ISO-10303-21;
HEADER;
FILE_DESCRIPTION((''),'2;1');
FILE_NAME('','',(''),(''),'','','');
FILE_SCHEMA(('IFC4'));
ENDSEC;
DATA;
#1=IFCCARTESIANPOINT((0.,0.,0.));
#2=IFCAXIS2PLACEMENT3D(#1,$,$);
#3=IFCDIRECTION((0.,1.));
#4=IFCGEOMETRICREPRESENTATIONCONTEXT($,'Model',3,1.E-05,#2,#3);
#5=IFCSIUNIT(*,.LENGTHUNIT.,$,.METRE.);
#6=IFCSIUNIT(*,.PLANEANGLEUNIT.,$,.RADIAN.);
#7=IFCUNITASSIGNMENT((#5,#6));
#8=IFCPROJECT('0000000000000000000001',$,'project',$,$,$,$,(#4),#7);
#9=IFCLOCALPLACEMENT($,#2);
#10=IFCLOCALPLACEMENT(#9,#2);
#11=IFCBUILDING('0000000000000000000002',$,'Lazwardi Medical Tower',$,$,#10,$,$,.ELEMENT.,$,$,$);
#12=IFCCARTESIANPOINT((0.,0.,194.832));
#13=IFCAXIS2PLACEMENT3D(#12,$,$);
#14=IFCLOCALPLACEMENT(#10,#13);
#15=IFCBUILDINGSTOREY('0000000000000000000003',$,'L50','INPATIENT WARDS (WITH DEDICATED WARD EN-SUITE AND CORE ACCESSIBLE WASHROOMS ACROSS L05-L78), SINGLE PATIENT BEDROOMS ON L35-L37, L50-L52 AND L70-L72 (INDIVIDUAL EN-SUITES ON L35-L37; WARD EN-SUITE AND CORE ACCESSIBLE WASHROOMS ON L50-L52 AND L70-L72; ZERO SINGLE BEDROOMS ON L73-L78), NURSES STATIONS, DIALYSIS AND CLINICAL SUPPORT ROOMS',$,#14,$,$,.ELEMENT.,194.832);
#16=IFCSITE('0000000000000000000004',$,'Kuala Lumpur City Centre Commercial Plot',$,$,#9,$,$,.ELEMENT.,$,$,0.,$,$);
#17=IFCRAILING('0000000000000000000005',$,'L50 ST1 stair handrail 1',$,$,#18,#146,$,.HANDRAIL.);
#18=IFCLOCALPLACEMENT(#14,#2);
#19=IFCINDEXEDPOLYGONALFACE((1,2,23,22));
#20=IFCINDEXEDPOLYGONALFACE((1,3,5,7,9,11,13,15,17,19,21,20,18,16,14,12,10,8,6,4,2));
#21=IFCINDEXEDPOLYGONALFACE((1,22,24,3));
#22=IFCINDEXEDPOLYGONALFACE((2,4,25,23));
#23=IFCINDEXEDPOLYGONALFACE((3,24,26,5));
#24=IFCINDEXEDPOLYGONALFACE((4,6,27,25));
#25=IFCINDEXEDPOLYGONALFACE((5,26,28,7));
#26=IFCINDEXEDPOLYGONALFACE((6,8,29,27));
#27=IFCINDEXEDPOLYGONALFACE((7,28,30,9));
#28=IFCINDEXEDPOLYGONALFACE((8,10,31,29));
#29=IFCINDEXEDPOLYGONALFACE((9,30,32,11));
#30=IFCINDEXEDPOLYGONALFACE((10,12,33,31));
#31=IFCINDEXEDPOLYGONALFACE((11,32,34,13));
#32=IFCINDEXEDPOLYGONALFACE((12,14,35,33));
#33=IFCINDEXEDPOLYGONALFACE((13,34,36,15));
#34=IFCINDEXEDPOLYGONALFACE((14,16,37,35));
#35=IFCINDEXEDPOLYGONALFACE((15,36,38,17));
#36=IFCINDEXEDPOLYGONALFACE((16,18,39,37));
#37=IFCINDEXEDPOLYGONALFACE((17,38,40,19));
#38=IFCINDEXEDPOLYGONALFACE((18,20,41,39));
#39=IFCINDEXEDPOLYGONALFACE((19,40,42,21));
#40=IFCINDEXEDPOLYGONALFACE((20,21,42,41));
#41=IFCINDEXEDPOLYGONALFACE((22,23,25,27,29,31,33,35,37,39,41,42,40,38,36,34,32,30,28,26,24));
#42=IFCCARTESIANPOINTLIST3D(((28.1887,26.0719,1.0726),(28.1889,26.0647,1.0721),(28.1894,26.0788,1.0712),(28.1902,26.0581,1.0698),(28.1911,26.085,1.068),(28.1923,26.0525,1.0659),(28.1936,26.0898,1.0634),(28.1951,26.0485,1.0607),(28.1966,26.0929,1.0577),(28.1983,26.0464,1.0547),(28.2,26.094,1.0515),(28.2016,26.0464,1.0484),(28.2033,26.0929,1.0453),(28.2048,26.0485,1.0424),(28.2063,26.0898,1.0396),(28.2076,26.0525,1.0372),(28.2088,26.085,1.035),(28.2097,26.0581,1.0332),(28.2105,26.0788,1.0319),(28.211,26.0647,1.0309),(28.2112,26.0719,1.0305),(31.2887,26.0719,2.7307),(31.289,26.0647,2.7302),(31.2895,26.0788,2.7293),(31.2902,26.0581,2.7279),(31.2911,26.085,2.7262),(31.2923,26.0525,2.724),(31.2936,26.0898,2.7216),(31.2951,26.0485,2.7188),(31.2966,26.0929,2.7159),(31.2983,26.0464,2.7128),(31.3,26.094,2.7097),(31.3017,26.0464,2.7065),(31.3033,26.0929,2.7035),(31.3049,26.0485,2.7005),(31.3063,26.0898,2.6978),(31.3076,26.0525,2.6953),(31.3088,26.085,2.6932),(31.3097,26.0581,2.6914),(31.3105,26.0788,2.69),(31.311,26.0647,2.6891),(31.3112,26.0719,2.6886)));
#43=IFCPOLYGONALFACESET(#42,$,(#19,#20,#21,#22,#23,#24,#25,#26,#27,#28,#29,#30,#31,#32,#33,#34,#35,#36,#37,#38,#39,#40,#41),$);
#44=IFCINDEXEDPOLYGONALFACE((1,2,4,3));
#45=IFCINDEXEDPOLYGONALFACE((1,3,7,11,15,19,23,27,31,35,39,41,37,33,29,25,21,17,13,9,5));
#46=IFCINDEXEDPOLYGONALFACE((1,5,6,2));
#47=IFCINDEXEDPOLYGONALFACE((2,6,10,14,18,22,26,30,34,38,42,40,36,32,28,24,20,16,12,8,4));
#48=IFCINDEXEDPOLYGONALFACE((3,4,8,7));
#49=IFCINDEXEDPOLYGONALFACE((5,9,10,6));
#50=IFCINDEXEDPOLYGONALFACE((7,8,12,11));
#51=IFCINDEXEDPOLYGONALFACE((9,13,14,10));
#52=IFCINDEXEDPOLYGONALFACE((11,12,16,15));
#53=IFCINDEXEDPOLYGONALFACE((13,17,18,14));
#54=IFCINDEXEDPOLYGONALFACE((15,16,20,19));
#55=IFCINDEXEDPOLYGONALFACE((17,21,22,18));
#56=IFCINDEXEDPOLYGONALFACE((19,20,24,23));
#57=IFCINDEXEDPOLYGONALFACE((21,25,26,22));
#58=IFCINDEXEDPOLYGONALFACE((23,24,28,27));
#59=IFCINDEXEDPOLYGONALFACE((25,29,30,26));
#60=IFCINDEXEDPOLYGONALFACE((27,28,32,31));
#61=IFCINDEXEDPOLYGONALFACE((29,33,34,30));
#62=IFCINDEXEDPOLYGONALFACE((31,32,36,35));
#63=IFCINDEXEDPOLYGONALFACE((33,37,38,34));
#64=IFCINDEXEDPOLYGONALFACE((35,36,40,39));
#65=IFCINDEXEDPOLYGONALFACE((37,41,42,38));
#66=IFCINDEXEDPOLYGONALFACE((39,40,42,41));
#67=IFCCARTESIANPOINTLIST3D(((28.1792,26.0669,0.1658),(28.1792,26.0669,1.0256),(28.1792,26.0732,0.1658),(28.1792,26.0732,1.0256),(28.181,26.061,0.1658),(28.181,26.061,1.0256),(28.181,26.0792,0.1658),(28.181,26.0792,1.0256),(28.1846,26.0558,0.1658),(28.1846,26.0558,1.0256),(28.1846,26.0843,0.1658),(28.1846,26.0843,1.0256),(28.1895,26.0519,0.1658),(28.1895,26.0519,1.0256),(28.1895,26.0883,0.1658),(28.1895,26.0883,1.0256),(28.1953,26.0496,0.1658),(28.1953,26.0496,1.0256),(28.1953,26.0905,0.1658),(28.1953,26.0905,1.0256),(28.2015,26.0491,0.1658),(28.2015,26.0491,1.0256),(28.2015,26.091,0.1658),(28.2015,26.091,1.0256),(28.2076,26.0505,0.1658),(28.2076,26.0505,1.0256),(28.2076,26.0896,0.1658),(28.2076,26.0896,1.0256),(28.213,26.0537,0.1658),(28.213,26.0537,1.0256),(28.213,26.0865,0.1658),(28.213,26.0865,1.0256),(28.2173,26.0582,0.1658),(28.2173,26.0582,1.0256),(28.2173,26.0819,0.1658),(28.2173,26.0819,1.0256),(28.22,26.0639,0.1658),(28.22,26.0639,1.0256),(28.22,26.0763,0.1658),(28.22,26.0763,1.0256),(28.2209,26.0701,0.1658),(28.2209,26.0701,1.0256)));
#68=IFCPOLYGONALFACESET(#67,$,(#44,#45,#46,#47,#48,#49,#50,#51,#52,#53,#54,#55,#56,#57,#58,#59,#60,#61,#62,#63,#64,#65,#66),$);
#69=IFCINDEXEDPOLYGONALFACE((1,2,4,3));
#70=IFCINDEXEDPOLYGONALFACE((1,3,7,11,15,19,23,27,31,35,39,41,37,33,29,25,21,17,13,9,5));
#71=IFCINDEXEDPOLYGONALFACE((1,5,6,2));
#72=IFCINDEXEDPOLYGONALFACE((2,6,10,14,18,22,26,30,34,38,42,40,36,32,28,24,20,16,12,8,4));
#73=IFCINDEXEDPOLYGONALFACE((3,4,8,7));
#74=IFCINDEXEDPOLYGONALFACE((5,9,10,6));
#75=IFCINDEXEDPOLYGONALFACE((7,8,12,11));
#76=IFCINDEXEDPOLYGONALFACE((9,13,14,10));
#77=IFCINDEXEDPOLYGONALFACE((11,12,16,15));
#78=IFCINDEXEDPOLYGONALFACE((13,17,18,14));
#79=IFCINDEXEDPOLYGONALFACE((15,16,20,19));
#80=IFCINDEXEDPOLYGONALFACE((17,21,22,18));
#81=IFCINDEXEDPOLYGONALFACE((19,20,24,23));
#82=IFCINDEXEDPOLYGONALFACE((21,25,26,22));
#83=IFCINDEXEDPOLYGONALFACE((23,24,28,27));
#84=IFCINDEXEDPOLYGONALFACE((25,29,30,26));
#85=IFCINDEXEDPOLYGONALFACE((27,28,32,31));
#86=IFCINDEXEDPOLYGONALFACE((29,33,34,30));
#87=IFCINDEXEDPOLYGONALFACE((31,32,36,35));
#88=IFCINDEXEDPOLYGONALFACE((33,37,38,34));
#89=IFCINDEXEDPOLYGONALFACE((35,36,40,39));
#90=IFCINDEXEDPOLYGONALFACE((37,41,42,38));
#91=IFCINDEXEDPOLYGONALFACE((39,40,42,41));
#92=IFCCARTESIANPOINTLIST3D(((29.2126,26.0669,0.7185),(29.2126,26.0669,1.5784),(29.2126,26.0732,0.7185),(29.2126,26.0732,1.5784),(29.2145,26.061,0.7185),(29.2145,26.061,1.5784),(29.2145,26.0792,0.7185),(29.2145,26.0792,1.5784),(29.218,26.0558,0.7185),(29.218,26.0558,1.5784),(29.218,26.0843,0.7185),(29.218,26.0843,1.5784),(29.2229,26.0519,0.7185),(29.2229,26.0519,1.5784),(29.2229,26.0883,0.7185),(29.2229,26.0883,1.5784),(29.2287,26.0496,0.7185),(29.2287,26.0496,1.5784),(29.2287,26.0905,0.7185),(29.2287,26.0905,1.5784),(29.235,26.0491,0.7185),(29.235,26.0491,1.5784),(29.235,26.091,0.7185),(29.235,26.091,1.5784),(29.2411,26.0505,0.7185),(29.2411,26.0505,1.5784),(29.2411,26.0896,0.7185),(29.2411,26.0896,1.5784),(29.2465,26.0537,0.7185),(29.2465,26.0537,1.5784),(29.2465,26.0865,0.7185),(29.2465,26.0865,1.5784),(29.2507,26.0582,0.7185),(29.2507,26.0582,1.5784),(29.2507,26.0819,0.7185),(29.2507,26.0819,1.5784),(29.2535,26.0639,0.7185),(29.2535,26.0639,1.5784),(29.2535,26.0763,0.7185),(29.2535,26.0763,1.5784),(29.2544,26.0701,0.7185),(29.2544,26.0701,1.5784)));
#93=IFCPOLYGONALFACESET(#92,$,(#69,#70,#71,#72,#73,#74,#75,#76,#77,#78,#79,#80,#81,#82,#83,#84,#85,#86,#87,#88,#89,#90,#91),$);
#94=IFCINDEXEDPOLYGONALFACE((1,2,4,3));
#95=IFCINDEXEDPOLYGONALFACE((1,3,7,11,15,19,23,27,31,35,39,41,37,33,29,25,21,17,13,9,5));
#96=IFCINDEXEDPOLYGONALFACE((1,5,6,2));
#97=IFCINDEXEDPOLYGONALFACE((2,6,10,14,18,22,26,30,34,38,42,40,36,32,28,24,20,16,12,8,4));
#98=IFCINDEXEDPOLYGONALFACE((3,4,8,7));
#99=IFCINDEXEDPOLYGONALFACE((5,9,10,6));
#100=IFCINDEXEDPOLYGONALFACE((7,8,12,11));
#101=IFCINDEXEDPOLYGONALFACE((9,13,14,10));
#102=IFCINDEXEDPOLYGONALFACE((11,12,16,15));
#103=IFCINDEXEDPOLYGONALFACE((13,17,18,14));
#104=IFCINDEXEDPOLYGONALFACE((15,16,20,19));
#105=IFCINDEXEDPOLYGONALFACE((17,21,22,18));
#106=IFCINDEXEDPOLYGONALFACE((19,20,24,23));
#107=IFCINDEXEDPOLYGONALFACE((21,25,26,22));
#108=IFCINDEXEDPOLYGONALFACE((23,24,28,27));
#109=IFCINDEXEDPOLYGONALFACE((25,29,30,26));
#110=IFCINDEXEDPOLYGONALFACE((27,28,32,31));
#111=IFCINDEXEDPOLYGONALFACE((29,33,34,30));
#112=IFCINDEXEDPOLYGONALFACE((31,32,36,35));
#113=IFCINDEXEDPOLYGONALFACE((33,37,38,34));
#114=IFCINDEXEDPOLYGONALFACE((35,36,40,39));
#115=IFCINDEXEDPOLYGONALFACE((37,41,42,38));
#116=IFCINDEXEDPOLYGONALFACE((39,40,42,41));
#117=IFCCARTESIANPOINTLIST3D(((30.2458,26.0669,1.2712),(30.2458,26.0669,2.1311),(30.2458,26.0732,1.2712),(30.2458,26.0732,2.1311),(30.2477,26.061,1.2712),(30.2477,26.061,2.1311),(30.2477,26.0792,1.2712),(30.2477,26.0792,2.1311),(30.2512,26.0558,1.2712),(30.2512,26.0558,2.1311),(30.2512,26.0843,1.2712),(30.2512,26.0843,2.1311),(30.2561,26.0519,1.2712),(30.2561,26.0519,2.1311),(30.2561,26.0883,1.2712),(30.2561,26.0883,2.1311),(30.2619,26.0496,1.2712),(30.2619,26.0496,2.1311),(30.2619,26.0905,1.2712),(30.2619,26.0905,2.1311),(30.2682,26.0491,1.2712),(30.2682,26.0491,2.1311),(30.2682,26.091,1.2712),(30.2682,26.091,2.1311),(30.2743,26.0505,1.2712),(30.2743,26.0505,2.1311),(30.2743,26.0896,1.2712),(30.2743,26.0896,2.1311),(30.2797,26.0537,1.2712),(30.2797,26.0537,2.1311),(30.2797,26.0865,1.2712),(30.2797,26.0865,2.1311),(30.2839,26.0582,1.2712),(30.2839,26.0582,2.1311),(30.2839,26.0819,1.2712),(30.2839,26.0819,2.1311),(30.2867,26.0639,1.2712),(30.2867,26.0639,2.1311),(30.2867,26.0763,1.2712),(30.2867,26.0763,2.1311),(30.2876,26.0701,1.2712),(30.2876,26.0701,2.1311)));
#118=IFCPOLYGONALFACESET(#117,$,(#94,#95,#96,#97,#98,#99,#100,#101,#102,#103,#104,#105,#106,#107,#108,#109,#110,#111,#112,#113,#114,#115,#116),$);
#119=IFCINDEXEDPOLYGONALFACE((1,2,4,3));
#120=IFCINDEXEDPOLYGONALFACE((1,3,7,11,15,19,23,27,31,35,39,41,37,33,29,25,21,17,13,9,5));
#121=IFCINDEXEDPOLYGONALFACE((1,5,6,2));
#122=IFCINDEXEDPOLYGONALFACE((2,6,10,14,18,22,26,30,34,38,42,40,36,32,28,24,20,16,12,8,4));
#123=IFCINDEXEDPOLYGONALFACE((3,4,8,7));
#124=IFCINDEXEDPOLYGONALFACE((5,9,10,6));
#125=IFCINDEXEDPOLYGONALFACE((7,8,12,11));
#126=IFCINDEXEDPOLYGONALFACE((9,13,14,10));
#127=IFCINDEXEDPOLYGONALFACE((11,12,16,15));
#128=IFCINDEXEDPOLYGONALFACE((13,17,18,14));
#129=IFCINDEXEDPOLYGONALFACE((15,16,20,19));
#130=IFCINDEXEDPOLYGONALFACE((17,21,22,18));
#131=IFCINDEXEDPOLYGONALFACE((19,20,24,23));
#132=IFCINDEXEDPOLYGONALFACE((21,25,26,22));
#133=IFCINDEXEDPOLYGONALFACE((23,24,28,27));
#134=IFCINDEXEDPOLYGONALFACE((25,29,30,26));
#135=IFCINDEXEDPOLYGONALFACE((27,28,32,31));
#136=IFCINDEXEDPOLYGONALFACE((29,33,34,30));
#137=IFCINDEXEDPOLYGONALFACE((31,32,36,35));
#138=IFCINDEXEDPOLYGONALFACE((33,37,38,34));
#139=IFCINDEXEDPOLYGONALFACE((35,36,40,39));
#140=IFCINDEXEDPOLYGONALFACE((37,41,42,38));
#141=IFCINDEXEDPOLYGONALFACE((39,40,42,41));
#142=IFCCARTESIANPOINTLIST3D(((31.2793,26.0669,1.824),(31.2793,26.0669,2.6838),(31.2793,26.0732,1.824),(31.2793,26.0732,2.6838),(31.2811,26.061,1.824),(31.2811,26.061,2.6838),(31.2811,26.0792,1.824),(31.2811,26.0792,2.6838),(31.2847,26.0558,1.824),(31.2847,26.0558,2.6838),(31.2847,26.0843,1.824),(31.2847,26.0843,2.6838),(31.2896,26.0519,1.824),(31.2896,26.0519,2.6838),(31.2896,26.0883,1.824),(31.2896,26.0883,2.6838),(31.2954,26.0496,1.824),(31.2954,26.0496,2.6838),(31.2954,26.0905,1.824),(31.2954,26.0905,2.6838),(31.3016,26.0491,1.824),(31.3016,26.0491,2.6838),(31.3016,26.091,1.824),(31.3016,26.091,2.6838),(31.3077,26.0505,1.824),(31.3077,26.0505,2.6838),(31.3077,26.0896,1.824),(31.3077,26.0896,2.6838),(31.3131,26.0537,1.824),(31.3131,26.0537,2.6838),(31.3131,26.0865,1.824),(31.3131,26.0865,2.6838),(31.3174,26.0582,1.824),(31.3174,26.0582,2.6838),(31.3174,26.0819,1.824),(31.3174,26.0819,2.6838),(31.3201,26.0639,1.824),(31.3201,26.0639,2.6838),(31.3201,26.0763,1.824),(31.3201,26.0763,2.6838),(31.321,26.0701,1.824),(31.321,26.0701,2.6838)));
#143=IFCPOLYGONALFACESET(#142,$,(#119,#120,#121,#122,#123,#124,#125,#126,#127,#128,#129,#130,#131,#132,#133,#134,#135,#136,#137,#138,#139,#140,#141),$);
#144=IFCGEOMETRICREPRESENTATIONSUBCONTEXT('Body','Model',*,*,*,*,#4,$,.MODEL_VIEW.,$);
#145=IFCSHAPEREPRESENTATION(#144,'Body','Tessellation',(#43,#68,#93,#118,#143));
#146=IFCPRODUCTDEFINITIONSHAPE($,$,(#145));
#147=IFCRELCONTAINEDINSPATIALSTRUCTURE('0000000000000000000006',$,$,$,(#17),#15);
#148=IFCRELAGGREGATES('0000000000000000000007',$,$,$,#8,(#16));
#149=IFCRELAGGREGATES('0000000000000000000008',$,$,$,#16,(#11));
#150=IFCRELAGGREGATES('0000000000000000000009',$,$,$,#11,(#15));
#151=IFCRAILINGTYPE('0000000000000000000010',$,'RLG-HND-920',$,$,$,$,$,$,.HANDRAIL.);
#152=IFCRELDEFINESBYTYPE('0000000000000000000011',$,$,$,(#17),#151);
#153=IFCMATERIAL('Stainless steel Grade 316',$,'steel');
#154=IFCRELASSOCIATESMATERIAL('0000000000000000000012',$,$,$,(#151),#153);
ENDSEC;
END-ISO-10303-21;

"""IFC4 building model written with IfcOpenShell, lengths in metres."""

from ifc_helpers import new_model, si_unit, direction, frame, origin, origin_2d, place, context, subcontext, project, spatial, circle, extrude, material, type_object, element, save


model = new_model("IFC4")

# Units and contexts
model_context = context("Model", 3, precision=1e-05, world=origin(), true_north=direction((0.0, 1.0)))
body_context = subcontext(model_context, "Body", "Model", "MODEL_VIEW")
ifc_project = project(units=[si_unit("LENGTHUNIT", "METRE"), si_unit("PLANEANGLEUNIT", "RADIAN")], contexts=[model_context])

# Site, building, storey
site_placement = place(None, origin())
site = spatial("IfcSite", under=ifc_project, at=site_placement, Name="Kuala Lumpur City Centre Commercial Plot", CompositionType="ELEMENT", RefElevation=0.0)
building_placement = place(site_placement, origin())
building = spatial("IfcBuilding", under=site, at=building_placement, Name="Lazwardi Medical Tower", CompositionType="ELEMENT")
storey_placement = place(building_placement, frame((0.0, 0.0, 194.832)))
storey = spatial("IfcBuildingStorey", under=building, at=storey_placement, Name="L50", Description="INPATIENT WARDS (WITH DEDICATED WARD EN-SUITE AND CORE ACCESSIBLE WASHROOMS ACROSS L05-L78), SINGLE PATIENT BEDROOMS ON L35-L37, L50-L52 AND L70-L72 (INDIVIDUAL EN-SUITES ON L35-L37; WARD EN-SUITE AND CORE ACCESSIBLE WASHROOMS ON L50-L52 AND L70-L72; ZERO SINGLE BEDROOMS ON L73-L78), NURSES STATIONS, DIALYSIS AND CLINICAL SUPPORT ROOMS", CompositionType="ELEMENT", Elevation=194.832)

# Railing
ifc_material_1 = material(Name="Stainless steel Grade 316", Category="steel")
railing_type_1 = type_object("IfcRailingType", Name="RLG-HND-920", PredefinedType="HANDRAIL", material=ifc_material_1)
railing_1_placement = place(storey_placement, frame((28.2, 26.0701, 0.1658)))
element("IfcRailing", 1, at=railing_1_placement, inside=storey, type_object=railing_type_1, Name="L50 ST1 stair handrail 1", PredefinedType="HANDRAIL", context=body_context, shape_type="SweptSolid", body=[
    extrude(circle(Radius=0.0239, at=origin_2d()), frame((0.0, 0.0, 0.8857), z_axis=(0.881783, 0.0, 0.471655), x_axis=(0.0, 1.0, 0.0)), (0.0, 0.0, 1.0), 3.5156),
    extrude(circle(Radius=0.021, at=origin_2d()), origin(), (0.0, 0.0, 1.0), 0.8599),
    extrude(circle(Radius=0.021, at=origin_2d()), frame((1.0334, 0.0, 0.5527)), (0.0, 0.0, 1.0), 0.8599),
    extrude(circle(Radius=0.021, at=origin_2d()), frame((2.0667, 0.0, 1.1055)), (0.0, 0.0, 1.0), 0.8599),
    extrude(circle(Radius=0.021, at=origin_2d()), frame((3.1001, 0.0, 1.6582)), (0.0, 0.0, 1.0), 0.8599),
])

save(model, "model.ifc")
